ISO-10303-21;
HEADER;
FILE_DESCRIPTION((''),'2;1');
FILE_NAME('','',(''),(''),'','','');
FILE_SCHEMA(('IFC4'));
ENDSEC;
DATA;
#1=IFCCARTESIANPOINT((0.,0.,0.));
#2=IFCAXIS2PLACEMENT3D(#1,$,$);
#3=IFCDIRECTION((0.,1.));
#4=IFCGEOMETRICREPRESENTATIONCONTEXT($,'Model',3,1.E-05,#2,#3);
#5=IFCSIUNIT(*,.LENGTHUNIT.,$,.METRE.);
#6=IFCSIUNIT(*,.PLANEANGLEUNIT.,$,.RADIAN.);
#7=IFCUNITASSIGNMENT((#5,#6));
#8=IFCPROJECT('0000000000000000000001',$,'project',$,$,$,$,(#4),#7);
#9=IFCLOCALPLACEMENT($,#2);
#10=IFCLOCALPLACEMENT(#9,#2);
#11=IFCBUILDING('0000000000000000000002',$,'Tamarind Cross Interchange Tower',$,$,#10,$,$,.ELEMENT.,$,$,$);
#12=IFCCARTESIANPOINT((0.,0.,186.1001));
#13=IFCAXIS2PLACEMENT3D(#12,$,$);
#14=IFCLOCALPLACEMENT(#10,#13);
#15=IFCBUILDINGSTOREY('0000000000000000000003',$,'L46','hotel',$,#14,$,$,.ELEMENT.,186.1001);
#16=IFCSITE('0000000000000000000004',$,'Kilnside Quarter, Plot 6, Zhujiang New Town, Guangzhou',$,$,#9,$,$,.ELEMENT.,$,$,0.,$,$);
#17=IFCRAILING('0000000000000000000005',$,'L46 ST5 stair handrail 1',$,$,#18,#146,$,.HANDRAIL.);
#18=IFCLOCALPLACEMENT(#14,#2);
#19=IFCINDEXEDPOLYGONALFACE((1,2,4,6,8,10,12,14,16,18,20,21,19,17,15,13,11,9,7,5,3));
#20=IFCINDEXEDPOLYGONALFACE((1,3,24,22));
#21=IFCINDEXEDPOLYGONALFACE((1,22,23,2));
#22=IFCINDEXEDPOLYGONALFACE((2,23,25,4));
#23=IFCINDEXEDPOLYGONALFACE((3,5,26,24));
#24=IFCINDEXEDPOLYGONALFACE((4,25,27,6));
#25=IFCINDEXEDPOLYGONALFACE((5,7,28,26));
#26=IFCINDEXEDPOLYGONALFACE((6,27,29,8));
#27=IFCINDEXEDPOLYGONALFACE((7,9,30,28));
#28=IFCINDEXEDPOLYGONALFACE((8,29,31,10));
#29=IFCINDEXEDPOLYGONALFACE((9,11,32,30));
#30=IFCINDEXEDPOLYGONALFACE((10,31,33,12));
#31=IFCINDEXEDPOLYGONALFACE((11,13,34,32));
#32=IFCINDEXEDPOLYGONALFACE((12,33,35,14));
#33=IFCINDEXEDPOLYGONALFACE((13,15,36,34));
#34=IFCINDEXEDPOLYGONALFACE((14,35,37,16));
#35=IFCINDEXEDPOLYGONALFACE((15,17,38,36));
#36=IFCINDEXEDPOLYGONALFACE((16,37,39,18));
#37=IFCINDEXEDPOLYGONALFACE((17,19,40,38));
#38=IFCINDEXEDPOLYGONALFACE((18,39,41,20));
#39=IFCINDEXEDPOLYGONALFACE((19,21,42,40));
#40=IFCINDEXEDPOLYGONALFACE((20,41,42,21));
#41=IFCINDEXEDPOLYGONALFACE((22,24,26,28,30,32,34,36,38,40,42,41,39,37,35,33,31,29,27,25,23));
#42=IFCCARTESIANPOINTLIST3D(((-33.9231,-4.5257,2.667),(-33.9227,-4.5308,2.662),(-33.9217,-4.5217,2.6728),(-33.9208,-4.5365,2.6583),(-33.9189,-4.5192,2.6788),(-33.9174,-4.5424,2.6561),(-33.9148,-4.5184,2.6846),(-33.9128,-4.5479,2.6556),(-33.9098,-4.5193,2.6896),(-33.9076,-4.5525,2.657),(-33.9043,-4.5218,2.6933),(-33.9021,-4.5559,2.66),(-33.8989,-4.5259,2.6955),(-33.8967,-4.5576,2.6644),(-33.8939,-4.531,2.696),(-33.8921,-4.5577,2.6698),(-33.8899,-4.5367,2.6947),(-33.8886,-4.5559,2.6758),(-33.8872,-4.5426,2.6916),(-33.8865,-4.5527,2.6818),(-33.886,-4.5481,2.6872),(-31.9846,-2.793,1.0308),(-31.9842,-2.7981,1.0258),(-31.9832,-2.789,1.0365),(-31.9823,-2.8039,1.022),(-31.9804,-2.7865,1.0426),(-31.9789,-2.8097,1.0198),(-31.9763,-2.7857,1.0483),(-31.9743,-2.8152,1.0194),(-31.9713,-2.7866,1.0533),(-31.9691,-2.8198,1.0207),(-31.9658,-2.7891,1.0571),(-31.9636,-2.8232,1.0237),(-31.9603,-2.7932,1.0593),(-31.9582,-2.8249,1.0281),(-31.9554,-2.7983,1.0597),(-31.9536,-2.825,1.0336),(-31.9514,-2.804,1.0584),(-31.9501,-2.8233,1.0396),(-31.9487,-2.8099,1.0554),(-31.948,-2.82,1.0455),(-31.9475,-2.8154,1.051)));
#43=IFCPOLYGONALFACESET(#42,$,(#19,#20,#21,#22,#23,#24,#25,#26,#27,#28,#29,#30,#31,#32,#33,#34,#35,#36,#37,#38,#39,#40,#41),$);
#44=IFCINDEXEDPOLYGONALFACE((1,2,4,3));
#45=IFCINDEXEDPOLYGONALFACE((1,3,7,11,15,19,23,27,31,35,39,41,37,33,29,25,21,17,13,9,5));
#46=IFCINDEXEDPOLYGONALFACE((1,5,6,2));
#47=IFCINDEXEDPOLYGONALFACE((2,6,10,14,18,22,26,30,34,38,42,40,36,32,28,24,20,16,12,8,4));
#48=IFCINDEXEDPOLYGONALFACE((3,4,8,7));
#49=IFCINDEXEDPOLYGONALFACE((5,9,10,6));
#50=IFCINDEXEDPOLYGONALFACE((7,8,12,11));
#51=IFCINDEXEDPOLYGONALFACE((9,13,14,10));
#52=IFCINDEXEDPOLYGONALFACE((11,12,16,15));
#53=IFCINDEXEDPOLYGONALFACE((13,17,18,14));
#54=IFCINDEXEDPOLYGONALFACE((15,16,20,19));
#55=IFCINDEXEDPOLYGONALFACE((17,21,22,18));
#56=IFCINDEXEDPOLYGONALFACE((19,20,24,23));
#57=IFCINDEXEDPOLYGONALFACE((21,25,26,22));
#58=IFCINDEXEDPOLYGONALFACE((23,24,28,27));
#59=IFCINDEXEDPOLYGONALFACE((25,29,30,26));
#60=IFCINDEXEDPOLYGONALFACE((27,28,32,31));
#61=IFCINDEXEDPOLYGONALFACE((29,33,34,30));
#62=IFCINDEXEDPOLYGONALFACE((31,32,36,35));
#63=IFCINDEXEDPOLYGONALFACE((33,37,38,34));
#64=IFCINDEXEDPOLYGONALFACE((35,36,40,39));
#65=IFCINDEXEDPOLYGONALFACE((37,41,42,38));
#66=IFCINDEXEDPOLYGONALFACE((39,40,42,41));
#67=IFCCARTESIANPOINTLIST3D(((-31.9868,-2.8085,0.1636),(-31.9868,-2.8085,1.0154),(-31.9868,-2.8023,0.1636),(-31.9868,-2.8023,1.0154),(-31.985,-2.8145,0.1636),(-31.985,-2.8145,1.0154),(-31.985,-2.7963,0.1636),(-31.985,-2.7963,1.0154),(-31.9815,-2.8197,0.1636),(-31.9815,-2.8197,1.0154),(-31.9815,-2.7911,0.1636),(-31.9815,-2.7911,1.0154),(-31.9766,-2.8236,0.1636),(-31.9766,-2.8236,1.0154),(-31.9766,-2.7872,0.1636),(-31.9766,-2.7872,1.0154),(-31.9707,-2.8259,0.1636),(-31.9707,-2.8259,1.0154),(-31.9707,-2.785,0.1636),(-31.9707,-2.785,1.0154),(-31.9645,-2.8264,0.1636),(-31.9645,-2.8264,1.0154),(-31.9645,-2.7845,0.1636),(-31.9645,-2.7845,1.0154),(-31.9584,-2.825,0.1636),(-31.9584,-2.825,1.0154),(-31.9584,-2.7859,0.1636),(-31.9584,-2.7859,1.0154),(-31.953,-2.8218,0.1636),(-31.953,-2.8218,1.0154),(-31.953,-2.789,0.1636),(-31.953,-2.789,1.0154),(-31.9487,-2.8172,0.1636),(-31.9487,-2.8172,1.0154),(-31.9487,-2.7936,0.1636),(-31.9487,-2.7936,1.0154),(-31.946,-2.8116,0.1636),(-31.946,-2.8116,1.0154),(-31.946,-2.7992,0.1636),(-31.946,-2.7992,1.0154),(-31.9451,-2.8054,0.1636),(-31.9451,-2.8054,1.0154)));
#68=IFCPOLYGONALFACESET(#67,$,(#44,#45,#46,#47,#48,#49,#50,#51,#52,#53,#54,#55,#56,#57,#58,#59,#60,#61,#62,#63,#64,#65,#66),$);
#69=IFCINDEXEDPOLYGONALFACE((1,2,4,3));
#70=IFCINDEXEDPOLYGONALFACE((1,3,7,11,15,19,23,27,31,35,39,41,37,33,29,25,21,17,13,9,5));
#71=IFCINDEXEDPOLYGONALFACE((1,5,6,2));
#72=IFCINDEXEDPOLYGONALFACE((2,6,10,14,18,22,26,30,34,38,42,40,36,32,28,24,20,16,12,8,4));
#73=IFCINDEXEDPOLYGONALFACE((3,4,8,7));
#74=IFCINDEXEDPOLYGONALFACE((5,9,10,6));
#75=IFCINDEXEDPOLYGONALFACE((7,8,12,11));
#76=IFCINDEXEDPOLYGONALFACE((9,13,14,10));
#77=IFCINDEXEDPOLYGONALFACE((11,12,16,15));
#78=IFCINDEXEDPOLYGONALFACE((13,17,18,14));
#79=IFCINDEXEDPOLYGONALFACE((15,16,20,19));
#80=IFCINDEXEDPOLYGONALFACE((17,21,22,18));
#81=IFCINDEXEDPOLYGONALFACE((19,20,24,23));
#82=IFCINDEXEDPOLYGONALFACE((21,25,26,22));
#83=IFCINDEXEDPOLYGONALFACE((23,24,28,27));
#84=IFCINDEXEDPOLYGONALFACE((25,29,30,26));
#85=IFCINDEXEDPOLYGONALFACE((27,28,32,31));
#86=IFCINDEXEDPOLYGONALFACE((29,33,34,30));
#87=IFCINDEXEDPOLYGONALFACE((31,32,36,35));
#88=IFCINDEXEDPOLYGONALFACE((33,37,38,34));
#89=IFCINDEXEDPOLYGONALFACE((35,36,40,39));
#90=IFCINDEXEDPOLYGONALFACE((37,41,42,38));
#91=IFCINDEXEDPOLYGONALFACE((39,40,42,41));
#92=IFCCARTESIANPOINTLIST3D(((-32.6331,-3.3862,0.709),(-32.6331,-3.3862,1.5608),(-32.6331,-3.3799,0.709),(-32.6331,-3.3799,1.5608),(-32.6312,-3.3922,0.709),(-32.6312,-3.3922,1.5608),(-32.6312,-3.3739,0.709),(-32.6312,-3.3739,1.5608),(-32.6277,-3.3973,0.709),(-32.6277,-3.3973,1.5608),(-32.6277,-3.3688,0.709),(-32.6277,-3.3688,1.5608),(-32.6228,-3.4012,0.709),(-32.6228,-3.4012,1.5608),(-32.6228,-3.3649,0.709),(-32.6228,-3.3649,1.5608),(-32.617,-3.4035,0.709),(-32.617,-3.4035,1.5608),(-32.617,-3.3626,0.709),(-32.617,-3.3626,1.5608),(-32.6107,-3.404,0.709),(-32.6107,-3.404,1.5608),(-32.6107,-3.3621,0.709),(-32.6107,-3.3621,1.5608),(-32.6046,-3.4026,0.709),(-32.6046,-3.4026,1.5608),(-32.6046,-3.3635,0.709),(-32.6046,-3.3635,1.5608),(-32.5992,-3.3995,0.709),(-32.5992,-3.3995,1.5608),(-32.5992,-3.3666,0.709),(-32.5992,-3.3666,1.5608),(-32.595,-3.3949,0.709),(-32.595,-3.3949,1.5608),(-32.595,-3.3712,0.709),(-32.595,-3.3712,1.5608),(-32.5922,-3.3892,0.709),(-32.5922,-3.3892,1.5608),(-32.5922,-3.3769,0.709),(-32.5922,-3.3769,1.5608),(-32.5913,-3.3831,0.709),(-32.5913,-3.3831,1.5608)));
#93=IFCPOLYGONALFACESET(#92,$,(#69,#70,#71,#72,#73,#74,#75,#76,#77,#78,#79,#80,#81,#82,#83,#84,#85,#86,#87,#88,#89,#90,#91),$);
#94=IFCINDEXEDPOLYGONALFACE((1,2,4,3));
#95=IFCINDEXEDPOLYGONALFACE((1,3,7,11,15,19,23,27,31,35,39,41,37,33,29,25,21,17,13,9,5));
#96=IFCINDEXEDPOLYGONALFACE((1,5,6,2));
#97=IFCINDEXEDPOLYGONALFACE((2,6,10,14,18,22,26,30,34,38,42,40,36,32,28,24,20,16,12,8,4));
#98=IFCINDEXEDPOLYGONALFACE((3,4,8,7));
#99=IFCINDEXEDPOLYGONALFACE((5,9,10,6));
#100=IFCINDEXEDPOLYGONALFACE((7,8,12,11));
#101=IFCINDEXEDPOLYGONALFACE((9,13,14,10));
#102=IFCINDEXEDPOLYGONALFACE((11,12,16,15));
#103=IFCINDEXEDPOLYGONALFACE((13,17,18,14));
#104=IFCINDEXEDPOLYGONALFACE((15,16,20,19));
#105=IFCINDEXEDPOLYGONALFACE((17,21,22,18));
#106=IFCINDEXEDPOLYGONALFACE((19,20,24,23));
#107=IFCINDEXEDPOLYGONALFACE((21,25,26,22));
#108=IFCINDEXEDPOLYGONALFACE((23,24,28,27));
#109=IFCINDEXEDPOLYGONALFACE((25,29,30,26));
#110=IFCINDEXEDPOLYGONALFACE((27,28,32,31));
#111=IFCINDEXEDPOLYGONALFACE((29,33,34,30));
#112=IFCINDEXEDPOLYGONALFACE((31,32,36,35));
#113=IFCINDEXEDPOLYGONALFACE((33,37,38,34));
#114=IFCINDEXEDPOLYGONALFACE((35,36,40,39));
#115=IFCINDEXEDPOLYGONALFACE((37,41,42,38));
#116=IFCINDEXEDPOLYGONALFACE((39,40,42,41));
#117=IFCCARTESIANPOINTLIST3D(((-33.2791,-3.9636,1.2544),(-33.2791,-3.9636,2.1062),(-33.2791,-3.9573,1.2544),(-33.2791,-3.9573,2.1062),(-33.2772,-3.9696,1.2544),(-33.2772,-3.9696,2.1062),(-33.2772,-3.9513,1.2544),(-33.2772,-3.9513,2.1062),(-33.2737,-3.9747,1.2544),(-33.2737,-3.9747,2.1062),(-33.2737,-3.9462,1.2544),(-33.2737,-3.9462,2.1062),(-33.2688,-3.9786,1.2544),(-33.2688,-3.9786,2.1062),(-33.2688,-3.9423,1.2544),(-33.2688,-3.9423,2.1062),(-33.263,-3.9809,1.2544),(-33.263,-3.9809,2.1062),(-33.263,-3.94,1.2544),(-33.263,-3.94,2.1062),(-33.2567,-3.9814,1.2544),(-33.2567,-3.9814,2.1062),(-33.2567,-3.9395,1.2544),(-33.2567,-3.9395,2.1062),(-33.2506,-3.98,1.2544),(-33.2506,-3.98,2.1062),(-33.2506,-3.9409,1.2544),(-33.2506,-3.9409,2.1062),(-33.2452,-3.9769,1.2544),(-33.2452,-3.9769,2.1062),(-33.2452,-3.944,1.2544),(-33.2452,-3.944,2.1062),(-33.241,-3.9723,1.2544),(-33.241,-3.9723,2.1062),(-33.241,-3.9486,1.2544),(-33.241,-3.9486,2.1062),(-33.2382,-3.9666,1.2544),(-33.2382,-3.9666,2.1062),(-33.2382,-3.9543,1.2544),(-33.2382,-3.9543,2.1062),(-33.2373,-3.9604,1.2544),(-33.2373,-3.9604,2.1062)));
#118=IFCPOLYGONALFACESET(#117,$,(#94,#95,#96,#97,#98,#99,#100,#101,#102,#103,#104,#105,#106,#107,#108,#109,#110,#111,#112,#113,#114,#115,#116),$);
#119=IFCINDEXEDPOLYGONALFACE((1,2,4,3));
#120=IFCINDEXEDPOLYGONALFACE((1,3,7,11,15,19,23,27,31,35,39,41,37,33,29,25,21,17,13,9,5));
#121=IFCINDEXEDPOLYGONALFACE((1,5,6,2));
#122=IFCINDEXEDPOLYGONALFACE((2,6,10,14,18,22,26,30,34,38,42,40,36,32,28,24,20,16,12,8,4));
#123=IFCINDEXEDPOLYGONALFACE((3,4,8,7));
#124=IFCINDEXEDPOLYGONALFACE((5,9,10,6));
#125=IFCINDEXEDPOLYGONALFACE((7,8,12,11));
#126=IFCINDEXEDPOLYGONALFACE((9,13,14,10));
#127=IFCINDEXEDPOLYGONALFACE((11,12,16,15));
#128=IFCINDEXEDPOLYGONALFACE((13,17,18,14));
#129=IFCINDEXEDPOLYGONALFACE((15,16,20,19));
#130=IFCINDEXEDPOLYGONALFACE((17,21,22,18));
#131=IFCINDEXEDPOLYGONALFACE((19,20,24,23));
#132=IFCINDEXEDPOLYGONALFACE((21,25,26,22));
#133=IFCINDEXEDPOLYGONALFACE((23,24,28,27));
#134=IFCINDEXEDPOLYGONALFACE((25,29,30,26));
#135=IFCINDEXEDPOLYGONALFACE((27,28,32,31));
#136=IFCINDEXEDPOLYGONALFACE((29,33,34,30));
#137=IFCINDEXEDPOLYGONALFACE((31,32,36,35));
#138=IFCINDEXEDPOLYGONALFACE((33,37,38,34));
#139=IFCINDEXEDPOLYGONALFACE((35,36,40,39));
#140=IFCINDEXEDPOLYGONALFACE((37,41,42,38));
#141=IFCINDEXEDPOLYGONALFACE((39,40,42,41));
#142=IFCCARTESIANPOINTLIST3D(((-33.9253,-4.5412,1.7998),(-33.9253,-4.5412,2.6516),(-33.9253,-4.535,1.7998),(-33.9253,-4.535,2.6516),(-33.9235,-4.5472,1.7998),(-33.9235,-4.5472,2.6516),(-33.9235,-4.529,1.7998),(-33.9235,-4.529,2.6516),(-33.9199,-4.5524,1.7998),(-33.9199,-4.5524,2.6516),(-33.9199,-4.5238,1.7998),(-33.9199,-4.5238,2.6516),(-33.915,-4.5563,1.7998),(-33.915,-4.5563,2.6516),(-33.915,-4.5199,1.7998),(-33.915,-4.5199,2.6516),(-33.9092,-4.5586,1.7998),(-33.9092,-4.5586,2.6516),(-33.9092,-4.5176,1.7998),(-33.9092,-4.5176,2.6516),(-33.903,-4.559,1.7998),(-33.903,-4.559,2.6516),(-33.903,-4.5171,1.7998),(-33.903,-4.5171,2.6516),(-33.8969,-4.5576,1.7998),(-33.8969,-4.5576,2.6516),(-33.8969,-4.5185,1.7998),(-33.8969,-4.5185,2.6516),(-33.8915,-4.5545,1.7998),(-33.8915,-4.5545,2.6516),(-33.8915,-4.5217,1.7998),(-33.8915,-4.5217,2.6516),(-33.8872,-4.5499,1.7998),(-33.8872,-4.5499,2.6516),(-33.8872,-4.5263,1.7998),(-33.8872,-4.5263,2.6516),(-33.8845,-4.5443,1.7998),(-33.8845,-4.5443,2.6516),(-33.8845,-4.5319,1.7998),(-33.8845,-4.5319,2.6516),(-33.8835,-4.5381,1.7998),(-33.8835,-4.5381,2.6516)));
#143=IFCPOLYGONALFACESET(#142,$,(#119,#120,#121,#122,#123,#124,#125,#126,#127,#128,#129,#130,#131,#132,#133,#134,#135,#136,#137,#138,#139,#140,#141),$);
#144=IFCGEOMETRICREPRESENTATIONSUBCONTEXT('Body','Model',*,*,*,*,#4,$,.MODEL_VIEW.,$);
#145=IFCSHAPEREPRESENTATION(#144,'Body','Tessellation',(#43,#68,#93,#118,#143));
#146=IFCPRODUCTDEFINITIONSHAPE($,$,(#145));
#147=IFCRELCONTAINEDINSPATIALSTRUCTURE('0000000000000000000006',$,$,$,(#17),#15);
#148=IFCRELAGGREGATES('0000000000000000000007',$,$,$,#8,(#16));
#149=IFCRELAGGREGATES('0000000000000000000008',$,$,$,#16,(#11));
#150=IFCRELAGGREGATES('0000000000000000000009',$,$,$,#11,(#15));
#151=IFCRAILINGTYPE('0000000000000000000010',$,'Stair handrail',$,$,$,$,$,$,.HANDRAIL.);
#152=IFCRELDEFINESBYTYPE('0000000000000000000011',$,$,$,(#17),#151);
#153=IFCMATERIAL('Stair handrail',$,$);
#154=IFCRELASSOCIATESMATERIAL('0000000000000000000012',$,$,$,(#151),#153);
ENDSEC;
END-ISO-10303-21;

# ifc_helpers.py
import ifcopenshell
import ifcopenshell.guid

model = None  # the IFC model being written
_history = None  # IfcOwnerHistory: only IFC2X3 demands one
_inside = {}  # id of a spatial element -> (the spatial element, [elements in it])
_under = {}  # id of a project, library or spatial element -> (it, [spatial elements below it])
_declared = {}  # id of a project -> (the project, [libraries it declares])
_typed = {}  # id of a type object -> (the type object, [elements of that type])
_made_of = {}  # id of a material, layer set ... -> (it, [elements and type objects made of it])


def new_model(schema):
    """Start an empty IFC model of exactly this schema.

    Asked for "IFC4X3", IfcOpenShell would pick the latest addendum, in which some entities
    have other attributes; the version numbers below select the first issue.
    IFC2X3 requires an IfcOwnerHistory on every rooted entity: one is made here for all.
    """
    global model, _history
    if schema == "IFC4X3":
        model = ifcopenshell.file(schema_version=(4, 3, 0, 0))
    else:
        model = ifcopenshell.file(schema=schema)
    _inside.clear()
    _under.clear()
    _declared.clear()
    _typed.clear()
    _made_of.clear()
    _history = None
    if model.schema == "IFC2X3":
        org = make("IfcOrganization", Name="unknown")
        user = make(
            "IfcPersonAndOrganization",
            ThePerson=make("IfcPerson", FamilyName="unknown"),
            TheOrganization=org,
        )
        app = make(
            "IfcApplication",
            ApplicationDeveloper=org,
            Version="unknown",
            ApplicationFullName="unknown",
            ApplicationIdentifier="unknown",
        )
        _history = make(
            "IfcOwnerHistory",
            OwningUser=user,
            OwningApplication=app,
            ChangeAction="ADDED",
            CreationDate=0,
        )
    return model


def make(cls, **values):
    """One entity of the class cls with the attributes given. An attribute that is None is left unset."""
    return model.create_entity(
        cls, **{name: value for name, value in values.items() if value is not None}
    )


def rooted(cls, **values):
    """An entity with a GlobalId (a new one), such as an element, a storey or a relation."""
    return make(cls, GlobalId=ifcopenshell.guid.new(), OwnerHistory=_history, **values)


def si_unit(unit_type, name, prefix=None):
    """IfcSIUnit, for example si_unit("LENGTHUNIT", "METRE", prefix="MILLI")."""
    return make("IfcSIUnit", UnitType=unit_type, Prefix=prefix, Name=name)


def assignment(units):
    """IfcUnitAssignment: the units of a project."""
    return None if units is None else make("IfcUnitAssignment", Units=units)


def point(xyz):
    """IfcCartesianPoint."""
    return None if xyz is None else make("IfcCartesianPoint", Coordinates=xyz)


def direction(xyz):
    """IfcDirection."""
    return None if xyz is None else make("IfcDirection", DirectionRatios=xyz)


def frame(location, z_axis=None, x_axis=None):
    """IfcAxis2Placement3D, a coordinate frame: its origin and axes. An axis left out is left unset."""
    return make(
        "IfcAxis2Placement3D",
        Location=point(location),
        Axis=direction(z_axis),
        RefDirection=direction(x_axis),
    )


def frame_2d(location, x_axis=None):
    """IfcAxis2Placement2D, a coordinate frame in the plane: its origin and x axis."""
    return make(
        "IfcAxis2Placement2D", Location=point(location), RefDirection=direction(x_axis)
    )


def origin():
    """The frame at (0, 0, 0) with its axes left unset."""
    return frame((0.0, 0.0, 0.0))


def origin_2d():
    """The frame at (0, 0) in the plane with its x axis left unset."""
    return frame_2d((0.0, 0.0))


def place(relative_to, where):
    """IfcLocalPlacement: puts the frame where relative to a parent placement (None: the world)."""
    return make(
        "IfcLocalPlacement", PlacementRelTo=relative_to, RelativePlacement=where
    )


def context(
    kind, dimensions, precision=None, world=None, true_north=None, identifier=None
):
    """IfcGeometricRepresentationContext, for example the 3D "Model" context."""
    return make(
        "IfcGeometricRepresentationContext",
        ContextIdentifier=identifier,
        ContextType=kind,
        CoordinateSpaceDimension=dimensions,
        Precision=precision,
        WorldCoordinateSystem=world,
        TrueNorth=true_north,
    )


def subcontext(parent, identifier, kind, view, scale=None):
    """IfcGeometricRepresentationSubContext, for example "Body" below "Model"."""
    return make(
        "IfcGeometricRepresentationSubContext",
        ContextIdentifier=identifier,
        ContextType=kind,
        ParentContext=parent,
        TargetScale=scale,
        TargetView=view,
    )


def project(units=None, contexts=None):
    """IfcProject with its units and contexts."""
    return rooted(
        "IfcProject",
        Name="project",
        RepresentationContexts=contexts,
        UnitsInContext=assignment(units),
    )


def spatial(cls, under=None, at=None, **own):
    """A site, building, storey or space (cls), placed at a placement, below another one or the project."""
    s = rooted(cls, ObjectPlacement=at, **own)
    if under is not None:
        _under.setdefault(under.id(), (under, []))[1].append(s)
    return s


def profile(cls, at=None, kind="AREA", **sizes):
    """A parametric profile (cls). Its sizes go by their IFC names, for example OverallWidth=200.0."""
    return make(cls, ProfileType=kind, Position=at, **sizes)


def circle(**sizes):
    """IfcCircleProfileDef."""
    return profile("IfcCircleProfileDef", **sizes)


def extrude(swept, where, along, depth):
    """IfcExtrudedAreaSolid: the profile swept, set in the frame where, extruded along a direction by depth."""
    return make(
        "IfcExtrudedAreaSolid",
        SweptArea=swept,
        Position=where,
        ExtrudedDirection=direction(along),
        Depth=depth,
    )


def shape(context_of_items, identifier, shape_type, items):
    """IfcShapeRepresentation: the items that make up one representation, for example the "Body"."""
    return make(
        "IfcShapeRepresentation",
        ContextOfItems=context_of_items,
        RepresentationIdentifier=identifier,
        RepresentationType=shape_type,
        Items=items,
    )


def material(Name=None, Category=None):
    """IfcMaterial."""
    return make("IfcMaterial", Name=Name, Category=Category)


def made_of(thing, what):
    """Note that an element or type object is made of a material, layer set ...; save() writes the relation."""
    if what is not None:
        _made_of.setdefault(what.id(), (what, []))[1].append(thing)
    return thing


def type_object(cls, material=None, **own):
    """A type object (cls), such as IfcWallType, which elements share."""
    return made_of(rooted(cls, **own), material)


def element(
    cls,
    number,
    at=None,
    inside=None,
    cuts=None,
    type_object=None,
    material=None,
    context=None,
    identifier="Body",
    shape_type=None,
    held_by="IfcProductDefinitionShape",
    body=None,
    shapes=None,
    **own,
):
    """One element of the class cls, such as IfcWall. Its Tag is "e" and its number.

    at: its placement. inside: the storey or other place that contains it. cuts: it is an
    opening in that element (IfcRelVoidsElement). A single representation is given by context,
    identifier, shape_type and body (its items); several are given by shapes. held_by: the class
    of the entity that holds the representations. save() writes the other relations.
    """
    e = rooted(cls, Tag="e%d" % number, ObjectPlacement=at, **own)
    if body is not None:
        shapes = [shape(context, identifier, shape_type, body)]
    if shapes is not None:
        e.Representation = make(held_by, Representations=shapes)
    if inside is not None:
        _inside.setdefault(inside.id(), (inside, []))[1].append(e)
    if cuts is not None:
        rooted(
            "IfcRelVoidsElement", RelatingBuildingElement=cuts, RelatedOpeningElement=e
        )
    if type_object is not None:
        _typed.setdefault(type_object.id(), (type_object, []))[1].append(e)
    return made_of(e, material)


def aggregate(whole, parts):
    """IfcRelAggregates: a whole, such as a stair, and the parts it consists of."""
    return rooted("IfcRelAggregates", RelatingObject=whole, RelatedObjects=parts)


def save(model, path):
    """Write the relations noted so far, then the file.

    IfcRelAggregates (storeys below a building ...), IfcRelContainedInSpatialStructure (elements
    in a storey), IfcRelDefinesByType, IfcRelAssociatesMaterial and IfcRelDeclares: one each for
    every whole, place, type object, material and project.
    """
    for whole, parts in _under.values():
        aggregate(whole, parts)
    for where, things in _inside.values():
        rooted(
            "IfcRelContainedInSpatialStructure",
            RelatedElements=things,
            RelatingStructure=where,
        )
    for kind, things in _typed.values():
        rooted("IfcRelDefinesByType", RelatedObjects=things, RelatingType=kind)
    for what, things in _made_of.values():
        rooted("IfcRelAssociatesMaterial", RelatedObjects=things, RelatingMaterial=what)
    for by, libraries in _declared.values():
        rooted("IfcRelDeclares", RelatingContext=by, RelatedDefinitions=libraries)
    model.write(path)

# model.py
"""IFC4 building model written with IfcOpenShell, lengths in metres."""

from ifc_helpers import new_model, si_unit, direction, frame, origin, origin_2d, place, context, subcontext, project, spatial, circle, extrude, material, type_object, element, save


model = new_model("IFC4")

# Units and contexts
model_context = context("Model", 3, precision=1e-05, world=origin(), true_north=direction((0.0, 1.0)))
body_context = subcontext(model_context, "Body", "Model", "MODEL_VIEW")
ifc_project = project(units=[si_unit("LENGTHUNIT", "METRE"), si_unit("PLANEANGLEUNIT", "RADIAN")], contexts=[model_context])

# Site, building, storey
site_placement = place(None, origin())
site = spatial("IfcSite", under=ifc_project, at=site_placement, Name="Kilnside Quarter, Plot 6, Zhujiang New Town, Guangzhou", CompositionType="ELEMENT", RefElevation=0.0)
building_placement = place(site_placement, origin())
building = spatial("IfcBuilding", under=site, at=building_placement, Name="Tamarind Cross Interchange Tower", CompositionType="ELEMENT")
storey_placement = place(building_placement, frame((0.0, 0.0, 186.1001)))
storey = spatial("IfcBuildingStorey", under=building, at=storey_placement, Name="L46", Description="hotel", CompositionType="ELEMENT", Elevation=186.1001)

# Railing
ifc_material_1 = material(Name="Stair handrail")
railing_type_1 = type_object("IfcRailingType", Name="Stair handrail", PredefinedType="HANDRAIL", material=ifc_material_1)
railing_1_placement = place(storey_placement, frame((-31.9661, -2.8054, 0.1636)))
element("IfcRailing", 1, at=railing_1_placement, inside=storey, type_object=railing_type_1, Name="L46 ST5 stair handrail 1", PredefinedType="HANDRAIL", context=body_context, shape_type="SweptSolid", body=[
    extrude(circle(Radius=0.0239, at=origin_2d()), frame((0.0, 0.0, 0.876), z_axis=(-0.631018, -0.564022, 0.53263), x_axis=(0.666419, -0.745578, 0.0)), (0.0, 0.0, 1.0), 3.072),
    extrude(circle(Radius=0.021, at=origin_2d()), origin(), (0.0, 0.0, 1.0), 0.8518),
    extrude(circle(Radius=0.021, at=origin_2d()), frame((-0.6462, -0.5776, 0.5454)), (0.0, 0.0, 1.0), 0.8518),
    extrude(circle(Radius=0.021, at=origin_2d()), frame((-1.2922, -1.155, 1.0908)), (0.0, 0.0, 1.0), 0.8518),
    extrude(circle(Radius=0.021, at=origin_2d()), frame((-1.9385, -1.7327, 1.6362)), (0.0, 0.0, 1.0), 0.8518),
])

save(model, "model.ifc")
